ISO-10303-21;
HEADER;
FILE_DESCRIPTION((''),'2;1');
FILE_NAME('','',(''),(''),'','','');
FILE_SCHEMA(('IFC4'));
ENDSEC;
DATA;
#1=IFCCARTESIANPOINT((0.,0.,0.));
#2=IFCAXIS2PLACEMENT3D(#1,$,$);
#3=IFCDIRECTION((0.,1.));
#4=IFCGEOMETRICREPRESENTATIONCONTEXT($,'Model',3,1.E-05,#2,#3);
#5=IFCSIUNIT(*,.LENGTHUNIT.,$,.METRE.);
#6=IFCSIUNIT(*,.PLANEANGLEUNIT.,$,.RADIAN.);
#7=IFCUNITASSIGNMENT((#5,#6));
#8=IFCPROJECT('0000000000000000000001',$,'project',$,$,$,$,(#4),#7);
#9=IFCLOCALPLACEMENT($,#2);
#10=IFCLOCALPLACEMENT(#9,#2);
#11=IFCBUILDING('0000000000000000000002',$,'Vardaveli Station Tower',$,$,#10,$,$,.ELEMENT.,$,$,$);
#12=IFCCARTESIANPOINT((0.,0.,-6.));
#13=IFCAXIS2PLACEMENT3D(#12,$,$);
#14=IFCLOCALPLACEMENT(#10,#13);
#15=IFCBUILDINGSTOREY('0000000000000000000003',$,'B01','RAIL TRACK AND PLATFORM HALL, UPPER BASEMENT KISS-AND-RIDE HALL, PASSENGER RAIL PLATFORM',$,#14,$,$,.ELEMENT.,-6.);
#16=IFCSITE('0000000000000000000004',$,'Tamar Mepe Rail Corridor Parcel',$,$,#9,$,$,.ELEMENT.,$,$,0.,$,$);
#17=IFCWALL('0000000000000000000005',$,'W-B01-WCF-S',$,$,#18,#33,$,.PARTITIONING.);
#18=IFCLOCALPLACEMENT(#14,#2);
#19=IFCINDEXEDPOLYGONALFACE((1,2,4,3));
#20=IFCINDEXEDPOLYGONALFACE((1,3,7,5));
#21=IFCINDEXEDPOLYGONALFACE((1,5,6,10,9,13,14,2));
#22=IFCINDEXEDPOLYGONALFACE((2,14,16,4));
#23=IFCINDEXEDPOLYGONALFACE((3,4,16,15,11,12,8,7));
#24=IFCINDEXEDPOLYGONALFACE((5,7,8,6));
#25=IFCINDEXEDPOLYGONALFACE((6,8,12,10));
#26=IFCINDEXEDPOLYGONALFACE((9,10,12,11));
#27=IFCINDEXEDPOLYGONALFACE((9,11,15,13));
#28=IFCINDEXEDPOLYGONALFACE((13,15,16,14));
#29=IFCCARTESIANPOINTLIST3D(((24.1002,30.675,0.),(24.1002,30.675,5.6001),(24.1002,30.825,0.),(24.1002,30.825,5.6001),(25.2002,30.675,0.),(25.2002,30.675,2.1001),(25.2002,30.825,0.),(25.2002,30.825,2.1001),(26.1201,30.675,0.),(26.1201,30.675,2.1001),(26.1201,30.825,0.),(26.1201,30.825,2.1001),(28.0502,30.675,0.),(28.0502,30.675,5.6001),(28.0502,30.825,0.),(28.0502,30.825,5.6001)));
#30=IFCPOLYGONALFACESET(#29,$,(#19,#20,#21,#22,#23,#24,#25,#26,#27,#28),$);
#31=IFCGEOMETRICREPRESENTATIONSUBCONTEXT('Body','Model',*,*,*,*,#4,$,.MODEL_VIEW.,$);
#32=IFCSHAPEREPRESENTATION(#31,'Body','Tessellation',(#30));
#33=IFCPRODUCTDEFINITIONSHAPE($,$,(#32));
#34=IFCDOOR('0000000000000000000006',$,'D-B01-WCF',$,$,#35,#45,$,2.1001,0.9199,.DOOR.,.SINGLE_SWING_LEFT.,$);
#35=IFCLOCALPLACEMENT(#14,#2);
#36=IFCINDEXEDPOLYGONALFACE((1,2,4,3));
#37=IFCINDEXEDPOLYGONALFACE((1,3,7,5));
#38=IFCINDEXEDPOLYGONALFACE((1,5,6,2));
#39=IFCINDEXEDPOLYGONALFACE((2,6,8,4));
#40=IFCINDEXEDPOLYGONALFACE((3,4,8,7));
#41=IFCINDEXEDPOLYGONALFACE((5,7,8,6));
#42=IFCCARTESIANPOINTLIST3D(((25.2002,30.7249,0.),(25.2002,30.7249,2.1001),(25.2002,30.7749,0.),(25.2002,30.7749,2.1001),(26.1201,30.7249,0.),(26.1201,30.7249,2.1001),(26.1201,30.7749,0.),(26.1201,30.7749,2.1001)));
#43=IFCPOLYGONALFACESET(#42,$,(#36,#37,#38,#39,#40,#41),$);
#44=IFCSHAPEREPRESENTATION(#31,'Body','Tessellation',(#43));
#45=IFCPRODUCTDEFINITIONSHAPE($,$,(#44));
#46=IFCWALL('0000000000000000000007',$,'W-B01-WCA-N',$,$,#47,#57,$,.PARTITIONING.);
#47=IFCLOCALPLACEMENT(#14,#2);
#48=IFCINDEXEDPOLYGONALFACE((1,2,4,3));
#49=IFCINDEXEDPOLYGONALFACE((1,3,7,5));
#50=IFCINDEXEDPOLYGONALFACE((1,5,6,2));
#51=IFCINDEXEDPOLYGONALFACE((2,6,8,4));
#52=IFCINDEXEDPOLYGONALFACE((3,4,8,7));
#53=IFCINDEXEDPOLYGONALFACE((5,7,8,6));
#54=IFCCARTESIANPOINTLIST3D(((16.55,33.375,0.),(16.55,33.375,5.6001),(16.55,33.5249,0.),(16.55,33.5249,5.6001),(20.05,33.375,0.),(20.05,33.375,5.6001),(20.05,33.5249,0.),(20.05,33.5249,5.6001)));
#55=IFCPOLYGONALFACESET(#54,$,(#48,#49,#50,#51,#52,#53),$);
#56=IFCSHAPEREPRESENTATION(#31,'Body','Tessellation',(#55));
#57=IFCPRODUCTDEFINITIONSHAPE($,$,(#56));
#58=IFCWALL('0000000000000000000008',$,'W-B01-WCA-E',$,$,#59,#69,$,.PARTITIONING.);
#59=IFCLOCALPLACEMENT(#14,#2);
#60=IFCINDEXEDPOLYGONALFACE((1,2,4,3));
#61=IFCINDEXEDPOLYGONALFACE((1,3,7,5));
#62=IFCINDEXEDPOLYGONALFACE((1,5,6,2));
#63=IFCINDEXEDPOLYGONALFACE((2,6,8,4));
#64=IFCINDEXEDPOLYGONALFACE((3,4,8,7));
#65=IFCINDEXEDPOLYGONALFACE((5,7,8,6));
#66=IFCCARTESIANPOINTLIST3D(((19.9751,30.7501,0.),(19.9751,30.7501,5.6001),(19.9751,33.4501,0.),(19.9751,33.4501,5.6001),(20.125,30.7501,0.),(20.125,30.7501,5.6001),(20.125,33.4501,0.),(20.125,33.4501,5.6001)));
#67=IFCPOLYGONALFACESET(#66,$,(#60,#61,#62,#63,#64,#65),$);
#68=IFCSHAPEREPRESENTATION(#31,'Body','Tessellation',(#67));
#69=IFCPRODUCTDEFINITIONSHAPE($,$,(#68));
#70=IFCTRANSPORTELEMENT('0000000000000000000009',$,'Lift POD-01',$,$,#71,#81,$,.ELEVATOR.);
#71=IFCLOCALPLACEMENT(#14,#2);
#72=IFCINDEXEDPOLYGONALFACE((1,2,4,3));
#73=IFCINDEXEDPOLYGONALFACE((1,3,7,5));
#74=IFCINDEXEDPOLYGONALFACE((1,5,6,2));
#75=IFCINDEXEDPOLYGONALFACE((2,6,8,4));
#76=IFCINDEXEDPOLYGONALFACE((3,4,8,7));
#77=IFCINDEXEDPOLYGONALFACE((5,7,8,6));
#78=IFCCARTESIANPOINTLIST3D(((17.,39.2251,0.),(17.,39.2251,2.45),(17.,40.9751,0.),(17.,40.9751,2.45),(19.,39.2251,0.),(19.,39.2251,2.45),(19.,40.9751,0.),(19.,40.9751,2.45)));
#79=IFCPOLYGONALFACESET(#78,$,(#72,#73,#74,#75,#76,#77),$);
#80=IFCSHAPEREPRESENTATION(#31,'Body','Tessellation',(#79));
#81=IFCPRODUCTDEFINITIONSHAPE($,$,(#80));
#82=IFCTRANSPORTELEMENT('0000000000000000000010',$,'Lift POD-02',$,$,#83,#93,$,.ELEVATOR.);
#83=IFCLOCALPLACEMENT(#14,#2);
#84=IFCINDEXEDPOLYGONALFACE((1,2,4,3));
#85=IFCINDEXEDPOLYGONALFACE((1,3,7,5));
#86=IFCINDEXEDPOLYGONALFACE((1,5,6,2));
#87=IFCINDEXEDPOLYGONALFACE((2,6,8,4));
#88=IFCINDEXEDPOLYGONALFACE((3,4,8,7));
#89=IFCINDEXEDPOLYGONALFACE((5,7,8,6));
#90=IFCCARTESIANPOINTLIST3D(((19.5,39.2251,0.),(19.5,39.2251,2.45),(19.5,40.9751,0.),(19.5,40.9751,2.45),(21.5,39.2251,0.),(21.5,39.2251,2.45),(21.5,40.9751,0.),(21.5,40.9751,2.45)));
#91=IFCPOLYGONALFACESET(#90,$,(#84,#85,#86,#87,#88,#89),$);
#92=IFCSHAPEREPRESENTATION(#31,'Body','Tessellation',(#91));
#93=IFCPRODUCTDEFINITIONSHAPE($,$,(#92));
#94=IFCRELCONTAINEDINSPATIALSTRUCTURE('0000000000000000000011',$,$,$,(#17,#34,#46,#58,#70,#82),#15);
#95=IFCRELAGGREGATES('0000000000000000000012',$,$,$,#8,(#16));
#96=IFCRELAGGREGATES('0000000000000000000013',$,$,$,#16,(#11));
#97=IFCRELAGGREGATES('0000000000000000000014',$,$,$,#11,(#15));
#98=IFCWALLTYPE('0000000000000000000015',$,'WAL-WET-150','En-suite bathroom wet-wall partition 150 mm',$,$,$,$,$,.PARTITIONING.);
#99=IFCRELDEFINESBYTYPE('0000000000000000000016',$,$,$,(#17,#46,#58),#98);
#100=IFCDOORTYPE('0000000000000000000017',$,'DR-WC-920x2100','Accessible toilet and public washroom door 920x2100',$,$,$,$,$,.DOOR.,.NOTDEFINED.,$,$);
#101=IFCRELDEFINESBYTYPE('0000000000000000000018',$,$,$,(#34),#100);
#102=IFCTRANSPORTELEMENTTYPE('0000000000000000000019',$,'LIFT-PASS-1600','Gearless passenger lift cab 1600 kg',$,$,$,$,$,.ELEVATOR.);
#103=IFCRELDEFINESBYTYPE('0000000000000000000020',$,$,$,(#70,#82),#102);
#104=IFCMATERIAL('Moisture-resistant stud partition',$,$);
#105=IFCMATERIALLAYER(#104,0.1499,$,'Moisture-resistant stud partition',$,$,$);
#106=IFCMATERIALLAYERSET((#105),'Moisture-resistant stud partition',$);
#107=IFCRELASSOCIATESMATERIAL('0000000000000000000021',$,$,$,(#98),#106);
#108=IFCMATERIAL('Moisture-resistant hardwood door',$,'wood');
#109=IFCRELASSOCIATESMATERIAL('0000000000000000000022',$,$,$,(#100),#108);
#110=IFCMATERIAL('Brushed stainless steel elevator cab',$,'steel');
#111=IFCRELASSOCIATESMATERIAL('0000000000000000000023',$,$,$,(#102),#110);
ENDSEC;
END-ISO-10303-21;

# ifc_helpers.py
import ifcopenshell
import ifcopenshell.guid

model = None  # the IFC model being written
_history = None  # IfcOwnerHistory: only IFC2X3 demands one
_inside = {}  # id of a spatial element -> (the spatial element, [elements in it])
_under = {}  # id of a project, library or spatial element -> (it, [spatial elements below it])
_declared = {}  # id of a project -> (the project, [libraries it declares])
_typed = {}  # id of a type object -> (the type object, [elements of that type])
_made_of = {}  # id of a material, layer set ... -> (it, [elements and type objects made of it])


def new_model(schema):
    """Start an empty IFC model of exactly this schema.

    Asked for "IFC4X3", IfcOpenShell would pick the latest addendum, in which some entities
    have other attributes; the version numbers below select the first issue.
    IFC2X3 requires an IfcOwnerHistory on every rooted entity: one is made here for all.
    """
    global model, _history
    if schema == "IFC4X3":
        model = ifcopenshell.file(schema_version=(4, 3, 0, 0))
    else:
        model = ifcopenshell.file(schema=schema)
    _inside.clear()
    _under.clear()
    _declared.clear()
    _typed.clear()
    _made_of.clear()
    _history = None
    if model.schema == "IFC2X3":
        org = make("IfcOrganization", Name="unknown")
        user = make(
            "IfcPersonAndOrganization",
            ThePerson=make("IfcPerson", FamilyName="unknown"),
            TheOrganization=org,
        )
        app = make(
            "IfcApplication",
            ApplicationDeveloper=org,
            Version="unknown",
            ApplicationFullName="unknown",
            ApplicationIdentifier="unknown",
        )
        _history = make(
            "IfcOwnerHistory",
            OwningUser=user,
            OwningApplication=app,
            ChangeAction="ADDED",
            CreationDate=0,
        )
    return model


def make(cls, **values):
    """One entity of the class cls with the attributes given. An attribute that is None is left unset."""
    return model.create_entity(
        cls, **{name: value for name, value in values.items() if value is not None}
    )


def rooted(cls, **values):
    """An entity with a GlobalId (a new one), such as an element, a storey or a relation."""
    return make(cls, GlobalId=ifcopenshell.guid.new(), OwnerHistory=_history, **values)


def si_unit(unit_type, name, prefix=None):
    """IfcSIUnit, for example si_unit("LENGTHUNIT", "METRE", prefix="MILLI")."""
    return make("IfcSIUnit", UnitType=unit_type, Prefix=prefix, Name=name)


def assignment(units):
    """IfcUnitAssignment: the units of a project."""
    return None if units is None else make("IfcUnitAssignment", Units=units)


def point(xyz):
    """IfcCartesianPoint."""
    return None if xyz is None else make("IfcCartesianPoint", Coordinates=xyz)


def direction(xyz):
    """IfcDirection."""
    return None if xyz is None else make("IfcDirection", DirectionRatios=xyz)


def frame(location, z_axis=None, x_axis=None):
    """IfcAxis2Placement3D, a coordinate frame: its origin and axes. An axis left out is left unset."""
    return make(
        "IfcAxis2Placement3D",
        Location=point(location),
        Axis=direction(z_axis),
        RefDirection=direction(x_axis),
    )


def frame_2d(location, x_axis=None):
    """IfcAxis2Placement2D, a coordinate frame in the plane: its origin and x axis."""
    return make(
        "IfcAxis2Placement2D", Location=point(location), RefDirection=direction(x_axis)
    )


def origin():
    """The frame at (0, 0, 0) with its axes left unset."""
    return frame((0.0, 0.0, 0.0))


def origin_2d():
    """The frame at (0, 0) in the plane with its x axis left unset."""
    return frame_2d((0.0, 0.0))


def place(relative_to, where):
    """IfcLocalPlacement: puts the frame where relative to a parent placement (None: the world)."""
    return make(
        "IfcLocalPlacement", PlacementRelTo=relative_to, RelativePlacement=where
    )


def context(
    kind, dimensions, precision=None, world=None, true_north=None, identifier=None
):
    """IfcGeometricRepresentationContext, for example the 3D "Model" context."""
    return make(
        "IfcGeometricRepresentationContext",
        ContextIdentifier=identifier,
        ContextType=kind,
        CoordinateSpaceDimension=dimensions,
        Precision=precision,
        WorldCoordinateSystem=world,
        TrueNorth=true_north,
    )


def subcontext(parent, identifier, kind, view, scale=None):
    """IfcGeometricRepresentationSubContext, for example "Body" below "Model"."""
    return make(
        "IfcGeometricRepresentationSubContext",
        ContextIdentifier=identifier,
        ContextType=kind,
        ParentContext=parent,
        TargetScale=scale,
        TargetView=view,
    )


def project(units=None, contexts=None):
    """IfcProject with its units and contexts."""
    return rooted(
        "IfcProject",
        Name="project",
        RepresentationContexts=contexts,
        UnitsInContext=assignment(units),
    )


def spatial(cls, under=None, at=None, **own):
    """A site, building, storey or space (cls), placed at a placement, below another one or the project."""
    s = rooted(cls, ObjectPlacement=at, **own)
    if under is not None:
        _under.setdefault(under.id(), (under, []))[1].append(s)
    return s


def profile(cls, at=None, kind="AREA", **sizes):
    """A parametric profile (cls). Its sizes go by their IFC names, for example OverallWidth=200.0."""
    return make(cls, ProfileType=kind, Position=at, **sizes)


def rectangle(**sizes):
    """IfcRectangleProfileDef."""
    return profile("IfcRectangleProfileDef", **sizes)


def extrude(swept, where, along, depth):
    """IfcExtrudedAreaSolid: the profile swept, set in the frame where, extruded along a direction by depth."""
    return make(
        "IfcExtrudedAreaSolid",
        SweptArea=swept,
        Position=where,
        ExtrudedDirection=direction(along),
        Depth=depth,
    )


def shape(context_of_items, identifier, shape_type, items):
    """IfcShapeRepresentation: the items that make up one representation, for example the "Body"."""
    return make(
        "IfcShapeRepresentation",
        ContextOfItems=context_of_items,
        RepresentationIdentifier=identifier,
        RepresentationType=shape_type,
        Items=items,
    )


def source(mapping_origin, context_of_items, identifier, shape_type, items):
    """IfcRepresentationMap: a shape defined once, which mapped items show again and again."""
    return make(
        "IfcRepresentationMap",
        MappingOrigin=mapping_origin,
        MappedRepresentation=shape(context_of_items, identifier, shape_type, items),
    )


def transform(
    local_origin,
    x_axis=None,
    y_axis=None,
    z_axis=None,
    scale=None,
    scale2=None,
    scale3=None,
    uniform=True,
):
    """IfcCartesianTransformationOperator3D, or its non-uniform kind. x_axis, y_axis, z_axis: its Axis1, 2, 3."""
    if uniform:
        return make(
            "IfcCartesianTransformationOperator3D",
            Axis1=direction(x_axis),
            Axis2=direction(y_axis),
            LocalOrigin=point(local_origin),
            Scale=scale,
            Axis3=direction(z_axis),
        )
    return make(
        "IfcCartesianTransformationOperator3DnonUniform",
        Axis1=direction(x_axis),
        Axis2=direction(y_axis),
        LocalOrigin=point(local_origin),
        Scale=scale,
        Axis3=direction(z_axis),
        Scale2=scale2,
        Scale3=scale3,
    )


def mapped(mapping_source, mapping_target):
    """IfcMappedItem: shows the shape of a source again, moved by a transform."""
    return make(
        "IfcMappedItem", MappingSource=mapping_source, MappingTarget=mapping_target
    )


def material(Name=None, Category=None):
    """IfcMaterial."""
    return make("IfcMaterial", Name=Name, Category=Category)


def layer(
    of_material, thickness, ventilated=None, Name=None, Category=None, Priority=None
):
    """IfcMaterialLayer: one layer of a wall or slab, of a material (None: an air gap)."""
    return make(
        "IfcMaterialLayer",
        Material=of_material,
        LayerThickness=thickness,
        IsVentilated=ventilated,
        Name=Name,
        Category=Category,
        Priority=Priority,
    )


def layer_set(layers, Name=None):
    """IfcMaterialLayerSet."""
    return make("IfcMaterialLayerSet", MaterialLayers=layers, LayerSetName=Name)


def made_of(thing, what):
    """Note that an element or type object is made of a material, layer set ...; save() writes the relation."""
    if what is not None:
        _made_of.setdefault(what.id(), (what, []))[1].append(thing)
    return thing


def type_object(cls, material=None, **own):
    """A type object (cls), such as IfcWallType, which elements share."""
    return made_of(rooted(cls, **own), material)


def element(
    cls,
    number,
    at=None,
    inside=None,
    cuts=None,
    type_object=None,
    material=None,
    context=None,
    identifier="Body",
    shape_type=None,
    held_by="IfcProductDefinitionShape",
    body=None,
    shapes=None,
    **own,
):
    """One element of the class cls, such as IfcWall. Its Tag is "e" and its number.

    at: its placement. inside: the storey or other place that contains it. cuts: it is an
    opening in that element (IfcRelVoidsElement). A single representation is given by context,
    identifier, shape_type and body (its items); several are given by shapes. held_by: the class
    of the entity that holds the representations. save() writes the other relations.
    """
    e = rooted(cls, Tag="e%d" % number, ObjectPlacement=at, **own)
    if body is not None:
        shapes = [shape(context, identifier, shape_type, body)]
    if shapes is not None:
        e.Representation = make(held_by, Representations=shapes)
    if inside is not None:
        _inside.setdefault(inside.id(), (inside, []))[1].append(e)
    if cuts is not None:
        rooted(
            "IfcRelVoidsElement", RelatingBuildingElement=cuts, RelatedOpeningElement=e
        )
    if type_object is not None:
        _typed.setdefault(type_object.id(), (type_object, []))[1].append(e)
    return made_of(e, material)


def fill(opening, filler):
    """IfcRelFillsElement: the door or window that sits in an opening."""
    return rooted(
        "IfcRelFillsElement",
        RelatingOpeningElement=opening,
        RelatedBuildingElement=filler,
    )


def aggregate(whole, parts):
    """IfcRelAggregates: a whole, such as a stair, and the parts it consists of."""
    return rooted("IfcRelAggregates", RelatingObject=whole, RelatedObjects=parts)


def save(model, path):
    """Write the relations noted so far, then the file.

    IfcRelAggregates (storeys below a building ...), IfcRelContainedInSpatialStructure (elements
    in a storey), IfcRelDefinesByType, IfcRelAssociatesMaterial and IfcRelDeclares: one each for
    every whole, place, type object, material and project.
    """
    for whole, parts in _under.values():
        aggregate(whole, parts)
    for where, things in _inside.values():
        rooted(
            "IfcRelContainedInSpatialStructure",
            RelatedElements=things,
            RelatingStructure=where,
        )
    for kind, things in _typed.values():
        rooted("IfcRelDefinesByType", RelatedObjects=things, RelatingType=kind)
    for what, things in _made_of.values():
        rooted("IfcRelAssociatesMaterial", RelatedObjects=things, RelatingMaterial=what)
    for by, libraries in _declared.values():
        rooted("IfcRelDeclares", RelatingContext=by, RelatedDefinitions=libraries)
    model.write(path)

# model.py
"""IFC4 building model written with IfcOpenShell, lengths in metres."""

from ifc_helpers import new_model, si_unit, direction, frame, frame_2d, origin, origin_2d, place, context, subcontext, project, spatial, rectangle, extrude, source, transform, mapped, material, layer, layer_set, type_object, element, fill, save


model = new_model("IFC4")

# Units and contexts
model_context = context("Model", 3, precision=1e-05, world=origin(), true_north=direction((0.0, 1.0)))
body_context = subcontext(model_context, "Body", "Model", "MODEL_VIEW")
ifc_project = project(units=[si_unit("LENGTHUNIT", "METRE"), si_unit("PLANEANGLEUNIT", "RADIAN")], contexts=[model_context])

# Site, building, storey
site_placement = place(None, origin())
site = spatial("IfcSite", under=ifc_project, at=site_placement, Name="Tamar Mepe Rail Corridor Parcel", CompositionType="ELEMENT", RefElevation=0.0)
building_placement = place(site_placement, origin())
building = spatial("IfcBuilding", under=site, at=building_placement, Name="Vardaveli Station Tower", CompositionType="ELEMENT")
storey_placement = place(building_placement, frame((0.0, 0.0, -6.0)))
storey = spatial("IfcBuildingStorey", under=building, at=storey_placement, Name="B01", Description="RAIL TRACK AND PLATFORM HALL, UPPER BASEMENT KISS-AND-RIDE HALL, PASSENGER RAIL PLATFORM", CompositionType="ELEMENT", Elevation=-6.0)

# Shared definitions
ifc_material_1 = material(Name="Moisture-resistant stud partition")
ifc_layer_1 = layer(ifc_material_1, 0.1499, Name="Moisture-resistant stud partition")
ifc_layer_set_1 = layer_set([ifc_layer_1], Name="Moisture-resistant stud partition")
wall_type_1 = type_object("IfcWallType", Name="WAL-WET-150", Description="En-suite bathroom wet-wall partition 150 mm", PredefinedType="PARTITIONING", material=ifc_layer_set_1)

# Wall, opening, door
shared_shape_1 = source(origin(), body_context, "Body", "SweptSolid", [
    extrude(rectangle(XDim=3.95, YDim=0.1499, at=frame_2d((1.9751, 0.0))), origin(), (0.0, 0.0, 1.0), 5.6001),
])
wall_1_placement = place(storey_placement, frame((24.1001, 30.75, 0.0), z_axis=(0.0, 0.0, 1.0), x_axis=(1.0, 0.0, 0.0)))
wall_1 = element("IfcWall", 1, at=wall_1_placement, inside=storey, type_object=wall_type_1, Name="W-B01-WCF-S", PredefinedType="PARTITIONING", context=body_context, shape_type="MappedRepresentation", body=[
    mapped(shared_shape_1, transform((0.0, 0.0, 0.0), scale=1.0)),
])
shared_shape_2 = source(origin(), body_context, "Body", "SweptSolid", [
    extrude(rectangle(XDim=0.9199, YDim=2.1001, at=frame_2d((0.46, 1.05))), frame((0.0, 0.085, 0.0), z_axis=(0.0, -1.0, 0.0), x_axis=(1.0, 0.0, 0.0)), (0.0, 0.0, 1.0), 0.1699),
])
opening_1_placement = place(wall_1_placement, frame((1.1001, 0.0, 0.0)))
opening_1 = element("IfcOpeningElement", 2, at=opening_1_placement, cuts=wall_1, PredefinedType="OPENING", context=body_context, shape_type="MappedRepresentation", body=[
    mapped(shared_shape_2, transform((0.0, 0.0, 0.0), scale=1.0)),
])
ifc_material_2 = material(Name="Moisture-resistant hardwood door", Category="wood")
door_type_1 = type_object("IfcDoorType", Name="DR-WC-920x2100", Description="Accessible toilet and public washroom door 920x2100", OperationType="NOTDEFINED", PredefinedType="DOOR", material=ifc_material_2)
shared_shape_3 = source(origin(), body_context, "Body", "SweptSolid", [
    extrude(rectangle(XDim=0.9199, YDim=2.1001, at=frame_2d((0.46, 1.05))), frame((0.0, 0.0249, 0.0), z_axis=(0.0, -1.0, 0.0), x_axis=(1.0, 0.0, 0.0)), (0.0, 0.0, 1.0), 0.05),
])
door_1_placement = place(opening_1_placement, origin())
door_1 = element("IfcDoor", 3, at=door_1_placement, inside=storey, type_object=door_type_1, Name="D-B01-WCF", OperationType="SINGLE_SWING_LEFT", OverallHeight=2.1001, OverallWidth=0.9199, PredefinedType="DOOR", context=body_context, shape_type="MappedRepresentation", body=[
    mapped(shared_shape_3, transform((0.0, 0.0, 0.0), scale=1.0)),
])
fill(opening_1, door_1)

# Walls
shared_shape_4 = source(origin(), body_context, "Body", "SweptSolid", [
    extrude(rectangle(XDim=3.5, YDim=0.1499, at=frame_2d((1.75, 0.0))), origin(), (0.0, 0.0, 1.0), 5.6001),
])
wall_2_placement = place(storey_placement, frame((16.55, 33.45, 0.0), z_axis=(0.0, 0.0, 1.0), x_axis=(1.0, 0.0, 0.0)))
element("IfcWall", 4, at=wall_2_placement, inside=storey, type_object=wall_type_1, Name="W-B01-WCA-N", PredefinedType="PARTITIONING", context=body_context, shape_type="MappedRepresentation", body=[
    mapped(shared_shape_4, transform((0.0, 0.0, 0.0), scale=1.0)),
])
shared_shape_5 = source(origin(), body_context, "Body", "SweptSolid", [
    extrude(rectangle(XDim=2.7, YDim=0.1499, at=frame_2d((1.3501, 0.0))), origin(), (0.0, 0.0, 1.0), 5.6001),
])
wall_3_placement = place(storey_placement, frame((20.05, 30.75, 0.0), z_axis=(0.0, 0.0, 1.0), x_axis=(0.0, 1.0, 0.0)))
element("IfcWall", 5, at=wall_3_placement, inside=storey, type_object=wall_type_1, Name="W-B01-WCA-E", PredefinedType="PARTITIONING", context=body_context, shape_type="MappedRepresentation", body=[
    mapped(shared_shape_5, transform((0.0, 0.0, 0.0), scale=1.0)),
])

# Transport elements
ifc_material_3 = material(Name="Brushed stainless steel elevator cab", Category="steel")
transport_element_type = type_object("IfcTransportElementType", Name="LIFT-PASS-1600", Description="Gearless passenger lift cab 1600 kg", PredefinedType="ELEVATOR", material=ifc_material_3)
shared_shape_6 = source(origin(), body_context, "Body", "SweptSolid", [
    extrude(rectangle(XDim=2.0, YDim=1.75, at=origin_2d()), origin(), (0.0, 0.0, 1.0), 2.45),
])
for number, where, z_axis, x_axis, name in (
    (6, (18.0, 40.1001, 0.0), (0.0, 0.0, 1.0), (1.0, 0.0, 0.0), "Lift POD-01"),
    (7, (20.5, 40.1001, 0.0), (0.0, 0.0, 1.0), (1.0, 0.0, 0.0), "Lift POD-02"),
):
    element("IfcTransportElement", number, at=place(storey_placement, frame(where, z_axis=z_axis, x_axis=x_axis)), inside=storey, type_object=transport_element_type, Name=name, PredefinedType="ELEVATOR", context=body_context, shape_type="MappedRepresentation", body=[
        mapped(shared_shape_6, transform((0.0, 0.0, 0.0), scale=1.0)),
    ])

save(model, "model.ifc")
